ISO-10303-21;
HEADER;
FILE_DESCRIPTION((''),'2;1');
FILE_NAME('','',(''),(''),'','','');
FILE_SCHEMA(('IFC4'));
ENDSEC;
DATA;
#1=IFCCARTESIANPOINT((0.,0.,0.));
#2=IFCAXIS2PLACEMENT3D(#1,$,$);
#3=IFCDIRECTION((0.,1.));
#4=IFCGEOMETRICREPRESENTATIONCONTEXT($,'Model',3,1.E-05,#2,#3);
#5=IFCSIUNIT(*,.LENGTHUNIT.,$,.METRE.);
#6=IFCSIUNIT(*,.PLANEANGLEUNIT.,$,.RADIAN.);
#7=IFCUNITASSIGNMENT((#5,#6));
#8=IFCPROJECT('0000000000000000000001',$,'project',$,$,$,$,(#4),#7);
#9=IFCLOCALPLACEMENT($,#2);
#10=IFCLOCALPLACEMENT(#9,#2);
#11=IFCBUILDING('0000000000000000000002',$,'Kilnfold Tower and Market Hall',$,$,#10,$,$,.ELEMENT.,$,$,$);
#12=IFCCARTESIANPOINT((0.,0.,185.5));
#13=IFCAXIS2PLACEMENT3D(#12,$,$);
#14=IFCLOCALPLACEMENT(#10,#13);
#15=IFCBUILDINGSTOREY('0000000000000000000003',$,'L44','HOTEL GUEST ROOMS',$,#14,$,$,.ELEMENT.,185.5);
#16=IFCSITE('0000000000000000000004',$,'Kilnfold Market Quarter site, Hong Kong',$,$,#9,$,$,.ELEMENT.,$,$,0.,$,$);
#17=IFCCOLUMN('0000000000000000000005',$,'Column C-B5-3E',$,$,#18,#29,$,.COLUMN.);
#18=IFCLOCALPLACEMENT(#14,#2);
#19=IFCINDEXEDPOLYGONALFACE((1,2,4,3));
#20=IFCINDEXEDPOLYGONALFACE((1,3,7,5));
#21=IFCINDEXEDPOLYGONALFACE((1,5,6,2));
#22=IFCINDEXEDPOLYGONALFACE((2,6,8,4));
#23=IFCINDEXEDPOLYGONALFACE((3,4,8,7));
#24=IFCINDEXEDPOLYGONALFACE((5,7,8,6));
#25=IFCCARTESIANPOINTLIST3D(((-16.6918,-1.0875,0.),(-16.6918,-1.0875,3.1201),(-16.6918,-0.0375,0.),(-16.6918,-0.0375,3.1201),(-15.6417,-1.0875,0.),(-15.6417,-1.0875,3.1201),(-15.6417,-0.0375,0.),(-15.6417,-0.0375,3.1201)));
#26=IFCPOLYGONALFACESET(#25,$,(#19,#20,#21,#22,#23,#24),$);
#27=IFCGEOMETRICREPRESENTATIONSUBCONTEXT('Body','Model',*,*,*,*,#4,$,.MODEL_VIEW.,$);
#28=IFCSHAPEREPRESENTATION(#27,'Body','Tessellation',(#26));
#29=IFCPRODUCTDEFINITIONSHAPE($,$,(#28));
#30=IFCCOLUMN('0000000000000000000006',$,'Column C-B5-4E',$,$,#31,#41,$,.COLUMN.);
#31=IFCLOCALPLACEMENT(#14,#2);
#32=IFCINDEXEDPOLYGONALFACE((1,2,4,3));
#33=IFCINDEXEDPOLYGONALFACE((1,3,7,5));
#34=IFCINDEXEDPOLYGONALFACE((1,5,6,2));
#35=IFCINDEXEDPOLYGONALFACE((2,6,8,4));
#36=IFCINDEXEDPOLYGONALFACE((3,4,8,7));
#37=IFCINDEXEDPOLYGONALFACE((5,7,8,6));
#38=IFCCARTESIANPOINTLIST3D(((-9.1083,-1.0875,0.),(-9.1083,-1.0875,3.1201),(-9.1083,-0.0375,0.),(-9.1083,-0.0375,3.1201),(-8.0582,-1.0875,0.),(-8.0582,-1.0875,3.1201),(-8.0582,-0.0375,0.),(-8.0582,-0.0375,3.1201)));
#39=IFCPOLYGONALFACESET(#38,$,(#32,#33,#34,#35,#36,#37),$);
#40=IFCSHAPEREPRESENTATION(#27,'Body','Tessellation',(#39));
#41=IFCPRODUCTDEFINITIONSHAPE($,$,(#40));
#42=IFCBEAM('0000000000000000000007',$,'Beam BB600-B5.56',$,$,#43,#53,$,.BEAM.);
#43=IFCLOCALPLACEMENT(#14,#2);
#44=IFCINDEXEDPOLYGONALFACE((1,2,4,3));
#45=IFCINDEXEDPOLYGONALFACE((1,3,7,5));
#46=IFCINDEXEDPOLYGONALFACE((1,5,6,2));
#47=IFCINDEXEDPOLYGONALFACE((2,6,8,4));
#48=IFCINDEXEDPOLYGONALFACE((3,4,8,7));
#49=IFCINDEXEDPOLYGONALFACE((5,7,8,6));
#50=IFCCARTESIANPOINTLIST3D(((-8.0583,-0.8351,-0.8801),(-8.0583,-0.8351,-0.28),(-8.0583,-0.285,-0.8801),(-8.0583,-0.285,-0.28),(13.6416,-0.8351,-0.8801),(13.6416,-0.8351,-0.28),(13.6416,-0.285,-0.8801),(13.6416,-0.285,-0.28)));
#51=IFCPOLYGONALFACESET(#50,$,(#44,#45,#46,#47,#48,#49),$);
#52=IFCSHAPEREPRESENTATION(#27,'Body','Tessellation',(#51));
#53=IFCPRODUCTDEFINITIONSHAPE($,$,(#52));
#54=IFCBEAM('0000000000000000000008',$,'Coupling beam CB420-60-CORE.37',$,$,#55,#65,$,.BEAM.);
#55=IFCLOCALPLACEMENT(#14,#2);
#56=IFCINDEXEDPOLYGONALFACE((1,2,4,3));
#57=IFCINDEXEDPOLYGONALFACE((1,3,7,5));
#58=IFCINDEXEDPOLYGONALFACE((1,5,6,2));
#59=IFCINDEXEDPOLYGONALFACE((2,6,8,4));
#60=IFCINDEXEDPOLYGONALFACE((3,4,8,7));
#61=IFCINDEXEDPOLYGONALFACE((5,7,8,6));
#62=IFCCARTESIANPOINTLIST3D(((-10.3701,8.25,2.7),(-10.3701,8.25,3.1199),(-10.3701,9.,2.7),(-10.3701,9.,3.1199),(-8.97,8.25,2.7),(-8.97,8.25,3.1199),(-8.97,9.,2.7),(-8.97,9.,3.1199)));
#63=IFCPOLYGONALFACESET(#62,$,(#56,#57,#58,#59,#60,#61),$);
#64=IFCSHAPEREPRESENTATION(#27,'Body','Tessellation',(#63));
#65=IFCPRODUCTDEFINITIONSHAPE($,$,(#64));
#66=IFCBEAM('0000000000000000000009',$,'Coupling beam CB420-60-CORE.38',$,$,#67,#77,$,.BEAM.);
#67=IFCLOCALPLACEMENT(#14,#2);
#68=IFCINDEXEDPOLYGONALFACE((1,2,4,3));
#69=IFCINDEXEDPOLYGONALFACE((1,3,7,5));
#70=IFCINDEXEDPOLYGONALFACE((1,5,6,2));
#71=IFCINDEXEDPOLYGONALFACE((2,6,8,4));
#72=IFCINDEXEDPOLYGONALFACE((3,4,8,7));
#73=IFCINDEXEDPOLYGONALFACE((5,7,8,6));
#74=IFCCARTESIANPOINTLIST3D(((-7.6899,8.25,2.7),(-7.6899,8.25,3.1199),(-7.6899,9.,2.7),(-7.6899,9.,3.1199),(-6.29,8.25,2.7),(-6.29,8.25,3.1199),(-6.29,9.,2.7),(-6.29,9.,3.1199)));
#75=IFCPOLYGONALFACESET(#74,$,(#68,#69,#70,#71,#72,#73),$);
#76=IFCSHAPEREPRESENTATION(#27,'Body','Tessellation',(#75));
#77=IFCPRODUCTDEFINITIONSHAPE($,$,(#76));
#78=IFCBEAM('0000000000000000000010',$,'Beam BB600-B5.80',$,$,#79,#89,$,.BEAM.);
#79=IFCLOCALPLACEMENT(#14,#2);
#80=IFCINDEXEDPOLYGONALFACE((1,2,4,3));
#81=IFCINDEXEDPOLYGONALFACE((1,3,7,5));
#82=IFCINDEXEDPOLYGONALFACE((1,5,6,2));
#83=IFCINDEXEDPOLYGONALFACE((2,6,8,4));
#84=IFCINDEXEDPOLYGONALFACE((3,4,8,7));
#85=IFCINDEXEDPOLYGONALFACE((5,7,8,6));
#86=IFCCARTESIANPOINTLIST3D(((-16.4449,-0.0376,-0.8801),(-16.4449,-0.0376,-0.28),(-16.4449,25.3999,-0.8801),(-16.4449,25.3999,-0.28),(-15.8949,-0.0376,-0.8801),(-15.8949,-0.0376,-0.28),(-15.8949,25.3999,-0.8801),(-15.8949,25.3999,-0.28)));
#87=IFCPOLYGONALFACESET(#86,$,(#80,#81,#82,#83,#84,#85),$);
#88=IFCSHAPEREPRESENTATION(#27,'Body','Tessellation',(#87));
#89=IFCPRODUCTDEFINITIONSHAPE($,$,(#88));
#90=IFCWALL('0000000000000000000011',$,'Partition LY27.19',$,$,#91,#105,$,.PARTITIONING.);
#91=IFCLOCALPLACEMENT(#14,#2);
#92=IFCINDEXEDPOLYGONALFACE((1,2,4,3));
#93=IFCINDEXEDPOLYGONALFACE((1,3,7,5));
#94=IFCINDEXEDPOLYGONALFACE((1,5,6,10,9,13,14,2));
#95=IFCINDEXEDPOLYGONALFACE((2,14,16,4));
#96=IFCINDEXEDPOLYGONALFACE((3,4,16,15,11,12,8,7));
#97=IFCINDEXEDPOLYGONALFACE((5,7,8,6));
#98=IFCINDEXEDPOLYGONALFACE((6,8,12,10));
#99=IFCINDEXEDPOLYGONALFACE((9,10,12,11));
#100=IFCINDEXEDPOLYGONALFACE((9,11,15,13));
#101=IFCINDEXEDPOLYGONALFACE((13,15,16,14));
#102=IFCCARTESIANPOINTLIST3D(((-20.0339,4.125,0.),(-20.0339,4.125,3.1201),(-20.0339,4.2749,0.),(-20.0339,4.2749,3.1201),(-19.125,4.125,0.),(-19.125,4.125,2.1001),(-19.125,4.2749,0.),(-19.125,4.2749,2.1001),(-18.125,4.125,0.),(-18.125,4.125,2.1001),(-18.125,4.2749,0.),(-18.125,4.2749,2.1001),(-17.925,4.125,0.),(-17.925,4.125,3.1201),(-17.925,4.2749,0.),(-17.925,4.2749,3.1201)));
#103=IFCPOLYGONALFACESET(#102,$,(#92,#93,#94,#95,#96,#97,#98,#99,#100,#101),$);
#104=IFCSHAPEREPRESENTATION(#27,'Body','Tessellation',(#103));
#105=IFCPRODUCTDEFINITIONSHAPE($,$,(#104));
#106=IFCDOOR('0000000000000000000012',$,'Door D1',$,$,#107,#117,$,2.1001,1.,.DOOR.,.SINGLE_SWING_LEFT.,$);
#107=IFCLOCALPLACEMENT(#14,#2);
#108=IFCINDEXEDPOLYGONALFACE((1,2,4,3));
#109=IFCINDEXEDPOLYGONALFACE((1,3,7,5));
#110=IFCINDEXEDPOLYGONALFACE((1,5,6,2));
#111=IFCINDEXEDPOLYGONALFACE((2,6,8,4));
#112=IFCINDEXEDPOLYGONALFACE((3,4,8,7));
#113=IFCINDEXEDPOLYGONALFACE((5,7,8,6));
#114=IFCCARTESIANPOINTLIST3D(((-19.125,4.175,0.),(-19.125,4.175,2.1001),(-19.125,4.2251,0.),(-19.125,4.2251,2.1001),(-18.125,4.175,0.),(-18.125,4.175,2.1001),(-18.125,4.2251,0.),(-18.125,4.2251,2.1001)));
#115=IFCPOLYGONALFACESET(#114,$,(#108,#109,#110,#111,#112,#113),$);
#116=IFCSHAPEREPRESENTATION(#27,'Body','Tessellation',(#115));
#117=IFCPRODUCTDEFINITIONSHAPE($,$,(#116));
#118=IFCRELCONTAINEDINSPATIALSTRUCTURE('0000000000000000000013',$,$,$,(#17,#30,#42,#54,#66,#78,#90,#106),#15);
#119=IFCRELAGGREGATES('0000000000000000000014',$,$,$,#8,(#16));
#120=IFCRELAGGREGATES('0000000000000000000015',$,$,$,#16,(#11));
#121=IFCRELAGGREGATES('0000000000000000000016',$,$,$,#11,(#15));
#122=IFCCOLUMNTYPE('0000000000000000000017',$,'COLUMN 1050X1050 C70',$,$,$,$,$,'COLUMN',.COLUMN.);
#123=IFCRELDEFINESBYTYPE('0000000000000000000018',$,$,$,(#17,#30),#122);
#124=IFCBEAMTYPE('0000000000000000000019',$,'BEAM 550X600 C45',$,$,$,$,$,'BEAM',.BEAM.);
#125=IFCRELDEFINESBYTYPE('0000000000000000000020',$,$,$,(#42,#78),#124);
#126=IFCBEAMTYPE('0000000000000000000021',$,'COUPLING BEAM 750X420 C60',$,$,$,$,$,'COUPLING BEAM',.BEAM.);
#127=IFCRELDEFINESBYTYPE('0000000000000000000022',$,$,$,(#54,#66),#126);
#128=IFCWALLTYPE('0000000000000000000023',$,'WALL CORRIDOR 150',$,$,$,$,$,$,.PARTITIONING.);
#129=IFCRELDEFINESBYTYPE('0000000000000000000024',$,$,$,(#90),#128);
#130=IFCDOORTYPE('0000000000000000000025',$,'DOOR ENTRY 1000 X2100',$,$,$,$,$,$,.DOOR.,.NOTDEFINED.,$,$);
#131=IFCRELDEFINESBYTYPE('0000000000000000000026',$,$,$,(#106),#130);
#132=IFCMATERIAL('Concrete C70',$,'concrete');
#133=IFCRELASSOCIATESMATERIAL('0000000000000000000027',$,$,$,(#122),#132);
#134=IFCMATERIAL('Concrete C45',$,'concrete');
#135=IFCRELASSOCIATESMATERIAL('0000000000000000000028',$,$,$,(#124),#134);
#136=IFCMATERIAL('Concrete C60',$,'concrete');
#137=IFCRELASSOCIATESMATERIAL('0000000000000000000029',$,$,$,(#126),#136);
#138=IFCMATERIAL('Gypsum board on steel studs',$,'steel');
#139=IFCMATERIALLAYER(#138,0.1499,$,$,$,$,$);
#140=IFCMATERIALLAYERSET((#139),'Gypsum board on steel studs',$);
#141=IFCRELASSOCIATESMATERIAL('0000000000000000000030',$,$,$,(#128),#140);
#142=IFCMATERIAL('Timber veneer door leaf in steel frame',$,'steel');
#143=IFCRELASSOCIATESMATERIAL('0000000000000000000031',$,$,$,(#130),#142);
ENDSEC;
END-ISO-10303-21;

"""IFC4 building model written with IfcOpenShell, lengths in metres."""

from ifc_helpers import new_model, si_unit, direction, frame, frame_2d, origin, origin_2d, place, context, subcontext, project, spatial, rectangle, extrude, source, transform, mapped, material, layer, layer_set, material_profile, profile_set, type_object, element, fill, save


model = new_model("IFC4")

# Units and contexts
model_context = context("Model", 3, precision=1e-05, world=origin(), true_north=direction((0.0, 1.0)))
body_context = subcontext(model_context, "Body", "Model", "MODEL_VIEW")
ifc_project = project(units=[si_unit("LENGTHUNIT", "METRE"), si_unit("PLANEANGLEUNIT", "RADIAN")], contexts=[model_context])

# Site, building, storey
site_placement = place(None, origin())
site = spatial("IfcSite", under=ifc_project, at=site_placement, Name="Kilnfold Market Quarter site, Hong Kong", CompositionType="ELEMENT", RefElevation=0.0)
building_placement = place(site_placement, origin())
building = spatial("IfcBuilding", under=site, at=building_placement, Name="Kilnfold Tower and Market Hall", CompositionType="ELEMENT")
storey_placement = place(building_placement, frame((0.0, 0.0, 185.5)))
storey = spatial("IfcBuildingStorey", under=building, at=storey_placement, Name="L44", Description="HOTEL GUEST ROOMS", CompositionType="ELEMENT", Elevation=185.5)

# Columns
ifc_material_1 = material(Name="Concrete C70", Category="concrete")
ifc_material_profile_1 = material_profile(ifc_material_1, rectangle(XDim=1.05, YDim=1.05, at=origin_2d()), Name="RC 1050x1050")
ifc_profile_set_1 = profile_set([ifc_material_profile_1], Name="Concrete C70")
column_type = type_object("IfcColumnType", Name="COLUMN 1050X1050 C70", ElementType="COLUMN", PredefinedType="COLUMN", material=ifc_profile_set_1)
shared_shape_1 = source(origin(), body_context, "Body", "SweptSolid", [
    extrude(rectangle(XDim=1.05, YDim=1.05, at=origin_2d()), origin(), (0.0, 0.0, 1.0), 3.1201),
])
for number, where, z_axis, x_axis, name in (
    (1, (-16.1667, -0.5625, 0.0), (0.0, 0.0, 1.0), (1.0, 0.0, 0.0), "Column C-B5-3E"),
    (2, (-8.5833, -0.5625, 0.0), (0.0, 0.0, 1.0), (1.0, 0.0, 0.0), "Column C-B5-4E"),
):
    element("IfcColumn", number, at=place(storey_placement, frame(where, z_axis=z_axis, x_axis=x_axis)), inside=storey, type_object=column_type, Name=name, PredefinedType="COLUMN", context=body_context, shape_type="MappedRepresentation", body=[
        mapped(shared_shape_1, transform((0.0, 0.0, 0.0))),
    ])

# Beams
ifc_material_2 = material(Name="Concrete C45", Category="concrete")
ifc_material_profile_2 = material_profile(ifc_material_2, rectangle(XDim=0.55, YDim=0.6001, at=origin_2d()), Name="RC 550x600")
ifc_profile_set_2 = profile_set([ifc_material_profile_2], Name="Concrete C45")
beam_type_1 = type_object("IfcBeamType", Name="BEAM 550X600 C45", ElementType="BEAM", PredefinedType="BEAM", material=ifc_profile_set_2)
shared_shape_2 = source(origin(), body_context, "Body", "SweptSolid", [
    extrude(rectangle(XDim=0.55, YDim=0.6001, at=origin_2d()), origin(), (0.0, 0.0, 1.0), 21.7),
])
beam_1_placement = place(storey_placement, frame((-8.0583, -0.5601, -0.5801), z_axis=(1.0, 0.0, 0.0), x_axis=(0.0, 1.0, 0.0)))
element("IfcBeam", 3, at=beam_1_placement, inside=storey, type_object=beam_type_1, Name="Beam BB600-B5.56", PredefinedType="BEAM", context=body_context, shape_type="MappedRepresentation", body=[
    mapped(shared_shape_2, transform((0.0, 0.0, 0.0))),
])
ifc_material_3 = material(Name="Concrete C60", Category="concrete")
ifc_material_profile_3 = material_profile(ifc_material_3, rectangle(XDim=0.75, YDim=0.4199, at=origin_2d()), Name="RC 750x420")
ifc_profile_set_3 = profile_set([ifc_material_profile_3], Name="Concrete C60")
beam_type_2 = type_object("IfcBeamType", Name="COUPLING BEAM 750X420 C60", ElementType="COUPLING BEAM", PredefinedType="BEAM", material=ifc_profile_set_3)
shared_shape_3 = source(origin(), body_context, "Body", "SweptSolid", [
    extrude(rectangle(XDim=0.75, YDim=0.4199, at=origin_2d()), origin(), (0.0, 0.0, 1.0), 1.4001),
])
beam_2_placement = place(storey_placement, frame((-10.3701, 8.625, 2.9099), z_axis=(1.0, 0.0, 0.0), x_axis=(0.0, 1.0, 0.0)))
element("IfcBeam", 4, at=beam_2_placement, inside=storey, type_object=beam_type_2, Name="Coupling beam CB420-60-CORE.37", PredefinedType="BEAM", context=body_context, shape_type="MappedRepresentation", body=[
    mapped(shared_shape_3, transform((0.0, 0.0, 0.0))),
])
shared_shape_4 = source(origin(), body_context, "Body", "SweptSolid", [
    extrude(rectangle(XDim=0.75, YDim=0.4199, at=origin_2d()), origin(), (0.0, 0.0, 1.0), 1.3999),
])
beam_3_placement = place(storey_placement, frame((-7.6899, 8.625, 2.9099), z_axis=(1.0, 0.0, 0.0), x_axis=(0.0, 1.0, 0.0)))
element("IfcBeam", 5, at=beam_3_placement, inside=storey, type_object=beam_type_2, Name="Coupling beam CB420-60-CORE.38", PredefinedType="BEAM", context=body_context, shape_type="MappedRepresentation", body=[
    mapped(shared_shape_4, transform((0.0, 0.0, 0.0))),
])
shared_shape_5 = source(origin(), body_context, "Body", "SweptSolid", [
    extrude(rectangle(XDim=0.55, YDim=0.6001, at=origin_2d()), origin(), (0.0, 0.0, 1.0), 25.4375),
])
beam_4_placement = place(storey_placement, frame((-16.1699, -0.0376, -0.5801), z_axis=(0.0, 1.0, 0.0), x_axis=(-1.0, 0.0, 0.0)))
element("IfcBeam", 6, at=beam_4_placement, inside=storey, type_object=beam_type_1, Name="Beam BB600-B5.80", PredefinedType="BEAM", context=body_context, shape_type="MappedRepresentation", body=[
    mapped(shared_shape_5, transform((0.0, 0.0, 0.0))),
])

# Wall, opening, door
ifc_material_4 = material(Name="Gypsum board on steel studs", Category="steel")
ifc_layer_1 = layer(ifc_material_4, 0.1499)
ifc_layer_set_1 = layer_set([ifc_layer_1], Name="Gypsum board on steel studs")
wall_type_1 = type_object("IfcWallType", Name="WALL CORRIDOR 150", PredefinedType="PARTITIONING", material=ifc_layer_set_1)
wall_1_placement = place(storey_placement, frame((-17.925, 4.2, 0.0), z_axis=(0.0, 0.0, 1.0), x_axis=(-1.0, 0.0, 0.0)))
wall_1 = element("IfcWall", 7, at=wall_1_placement, inside=storey, type_object=wall_type_1, Name="Partition LY27.19", PredefinedType="PARTITIONING", context=body_context, shape_type="SweptSolid", body=[
    extrude(rectangle(XDim=2.1089, YDim=0.1499, at=frame_2d((1.0544, 0.0))), origin(), (0.0, 0.0, 1.0), 3.1201),
])
opening_1_placement = place(wall_1_placement, frame((0.2, 0.0, 0.0)))
opening_1 = element("IfcOpeningElement", 8, at=opening_1_placement, cuts=wall_1, PredefinedType="OPENING", context=body_context, shape_type="SweptSolid", body=[
    extrude(rectangle(XDim=1.0, YDim=2.1001, at=frame_2d((0.5, 1.05))), frame((0.0, 0.085, 0.0), z_axis=(0.0, -1.0, 0.0), x_axis=(1.0, 0.0, 0.0)), (0.0, 0.0, 1.0), 0.1699),
])
ifc_material_5 = material(Name="Timber veneer door leaf in steel frame", Category="steel")
door_type_1 = type_object("IfcDoorType", Name="DOOR ENTRY 1000 X2100", OperationType="NOTDEFINED", PredefinedType="DOOR", material=ifc_material_5)
door_1_placement = place(opening_1_placement, origin())
door_1 = element("IfcDoor", 9, at=door_1_placement, inside=storey, type_object=door_type_1, Name="Door D1", OperationType="SINGLE_SWING_LEFT", OverallHeight=2.1001, OverallWidth=1.0, PredefinedType="DOOR", context=body_context, shape_type="SweptSolid", body=[
    extrude(rectangle(XDim=1.0, YDim=2.1001, at=frame_2d((0.5, 1.05))), frame((0.0, 0.0249, 0.0), z_axis=(0.0, -1.0, 0.0), x_axis=(1.0, 0.0, 0.0)), (0.0, 0.0, 1.0), 0.05),
])
fill(opening_1, door_1)

save(model, "model.ifc")
